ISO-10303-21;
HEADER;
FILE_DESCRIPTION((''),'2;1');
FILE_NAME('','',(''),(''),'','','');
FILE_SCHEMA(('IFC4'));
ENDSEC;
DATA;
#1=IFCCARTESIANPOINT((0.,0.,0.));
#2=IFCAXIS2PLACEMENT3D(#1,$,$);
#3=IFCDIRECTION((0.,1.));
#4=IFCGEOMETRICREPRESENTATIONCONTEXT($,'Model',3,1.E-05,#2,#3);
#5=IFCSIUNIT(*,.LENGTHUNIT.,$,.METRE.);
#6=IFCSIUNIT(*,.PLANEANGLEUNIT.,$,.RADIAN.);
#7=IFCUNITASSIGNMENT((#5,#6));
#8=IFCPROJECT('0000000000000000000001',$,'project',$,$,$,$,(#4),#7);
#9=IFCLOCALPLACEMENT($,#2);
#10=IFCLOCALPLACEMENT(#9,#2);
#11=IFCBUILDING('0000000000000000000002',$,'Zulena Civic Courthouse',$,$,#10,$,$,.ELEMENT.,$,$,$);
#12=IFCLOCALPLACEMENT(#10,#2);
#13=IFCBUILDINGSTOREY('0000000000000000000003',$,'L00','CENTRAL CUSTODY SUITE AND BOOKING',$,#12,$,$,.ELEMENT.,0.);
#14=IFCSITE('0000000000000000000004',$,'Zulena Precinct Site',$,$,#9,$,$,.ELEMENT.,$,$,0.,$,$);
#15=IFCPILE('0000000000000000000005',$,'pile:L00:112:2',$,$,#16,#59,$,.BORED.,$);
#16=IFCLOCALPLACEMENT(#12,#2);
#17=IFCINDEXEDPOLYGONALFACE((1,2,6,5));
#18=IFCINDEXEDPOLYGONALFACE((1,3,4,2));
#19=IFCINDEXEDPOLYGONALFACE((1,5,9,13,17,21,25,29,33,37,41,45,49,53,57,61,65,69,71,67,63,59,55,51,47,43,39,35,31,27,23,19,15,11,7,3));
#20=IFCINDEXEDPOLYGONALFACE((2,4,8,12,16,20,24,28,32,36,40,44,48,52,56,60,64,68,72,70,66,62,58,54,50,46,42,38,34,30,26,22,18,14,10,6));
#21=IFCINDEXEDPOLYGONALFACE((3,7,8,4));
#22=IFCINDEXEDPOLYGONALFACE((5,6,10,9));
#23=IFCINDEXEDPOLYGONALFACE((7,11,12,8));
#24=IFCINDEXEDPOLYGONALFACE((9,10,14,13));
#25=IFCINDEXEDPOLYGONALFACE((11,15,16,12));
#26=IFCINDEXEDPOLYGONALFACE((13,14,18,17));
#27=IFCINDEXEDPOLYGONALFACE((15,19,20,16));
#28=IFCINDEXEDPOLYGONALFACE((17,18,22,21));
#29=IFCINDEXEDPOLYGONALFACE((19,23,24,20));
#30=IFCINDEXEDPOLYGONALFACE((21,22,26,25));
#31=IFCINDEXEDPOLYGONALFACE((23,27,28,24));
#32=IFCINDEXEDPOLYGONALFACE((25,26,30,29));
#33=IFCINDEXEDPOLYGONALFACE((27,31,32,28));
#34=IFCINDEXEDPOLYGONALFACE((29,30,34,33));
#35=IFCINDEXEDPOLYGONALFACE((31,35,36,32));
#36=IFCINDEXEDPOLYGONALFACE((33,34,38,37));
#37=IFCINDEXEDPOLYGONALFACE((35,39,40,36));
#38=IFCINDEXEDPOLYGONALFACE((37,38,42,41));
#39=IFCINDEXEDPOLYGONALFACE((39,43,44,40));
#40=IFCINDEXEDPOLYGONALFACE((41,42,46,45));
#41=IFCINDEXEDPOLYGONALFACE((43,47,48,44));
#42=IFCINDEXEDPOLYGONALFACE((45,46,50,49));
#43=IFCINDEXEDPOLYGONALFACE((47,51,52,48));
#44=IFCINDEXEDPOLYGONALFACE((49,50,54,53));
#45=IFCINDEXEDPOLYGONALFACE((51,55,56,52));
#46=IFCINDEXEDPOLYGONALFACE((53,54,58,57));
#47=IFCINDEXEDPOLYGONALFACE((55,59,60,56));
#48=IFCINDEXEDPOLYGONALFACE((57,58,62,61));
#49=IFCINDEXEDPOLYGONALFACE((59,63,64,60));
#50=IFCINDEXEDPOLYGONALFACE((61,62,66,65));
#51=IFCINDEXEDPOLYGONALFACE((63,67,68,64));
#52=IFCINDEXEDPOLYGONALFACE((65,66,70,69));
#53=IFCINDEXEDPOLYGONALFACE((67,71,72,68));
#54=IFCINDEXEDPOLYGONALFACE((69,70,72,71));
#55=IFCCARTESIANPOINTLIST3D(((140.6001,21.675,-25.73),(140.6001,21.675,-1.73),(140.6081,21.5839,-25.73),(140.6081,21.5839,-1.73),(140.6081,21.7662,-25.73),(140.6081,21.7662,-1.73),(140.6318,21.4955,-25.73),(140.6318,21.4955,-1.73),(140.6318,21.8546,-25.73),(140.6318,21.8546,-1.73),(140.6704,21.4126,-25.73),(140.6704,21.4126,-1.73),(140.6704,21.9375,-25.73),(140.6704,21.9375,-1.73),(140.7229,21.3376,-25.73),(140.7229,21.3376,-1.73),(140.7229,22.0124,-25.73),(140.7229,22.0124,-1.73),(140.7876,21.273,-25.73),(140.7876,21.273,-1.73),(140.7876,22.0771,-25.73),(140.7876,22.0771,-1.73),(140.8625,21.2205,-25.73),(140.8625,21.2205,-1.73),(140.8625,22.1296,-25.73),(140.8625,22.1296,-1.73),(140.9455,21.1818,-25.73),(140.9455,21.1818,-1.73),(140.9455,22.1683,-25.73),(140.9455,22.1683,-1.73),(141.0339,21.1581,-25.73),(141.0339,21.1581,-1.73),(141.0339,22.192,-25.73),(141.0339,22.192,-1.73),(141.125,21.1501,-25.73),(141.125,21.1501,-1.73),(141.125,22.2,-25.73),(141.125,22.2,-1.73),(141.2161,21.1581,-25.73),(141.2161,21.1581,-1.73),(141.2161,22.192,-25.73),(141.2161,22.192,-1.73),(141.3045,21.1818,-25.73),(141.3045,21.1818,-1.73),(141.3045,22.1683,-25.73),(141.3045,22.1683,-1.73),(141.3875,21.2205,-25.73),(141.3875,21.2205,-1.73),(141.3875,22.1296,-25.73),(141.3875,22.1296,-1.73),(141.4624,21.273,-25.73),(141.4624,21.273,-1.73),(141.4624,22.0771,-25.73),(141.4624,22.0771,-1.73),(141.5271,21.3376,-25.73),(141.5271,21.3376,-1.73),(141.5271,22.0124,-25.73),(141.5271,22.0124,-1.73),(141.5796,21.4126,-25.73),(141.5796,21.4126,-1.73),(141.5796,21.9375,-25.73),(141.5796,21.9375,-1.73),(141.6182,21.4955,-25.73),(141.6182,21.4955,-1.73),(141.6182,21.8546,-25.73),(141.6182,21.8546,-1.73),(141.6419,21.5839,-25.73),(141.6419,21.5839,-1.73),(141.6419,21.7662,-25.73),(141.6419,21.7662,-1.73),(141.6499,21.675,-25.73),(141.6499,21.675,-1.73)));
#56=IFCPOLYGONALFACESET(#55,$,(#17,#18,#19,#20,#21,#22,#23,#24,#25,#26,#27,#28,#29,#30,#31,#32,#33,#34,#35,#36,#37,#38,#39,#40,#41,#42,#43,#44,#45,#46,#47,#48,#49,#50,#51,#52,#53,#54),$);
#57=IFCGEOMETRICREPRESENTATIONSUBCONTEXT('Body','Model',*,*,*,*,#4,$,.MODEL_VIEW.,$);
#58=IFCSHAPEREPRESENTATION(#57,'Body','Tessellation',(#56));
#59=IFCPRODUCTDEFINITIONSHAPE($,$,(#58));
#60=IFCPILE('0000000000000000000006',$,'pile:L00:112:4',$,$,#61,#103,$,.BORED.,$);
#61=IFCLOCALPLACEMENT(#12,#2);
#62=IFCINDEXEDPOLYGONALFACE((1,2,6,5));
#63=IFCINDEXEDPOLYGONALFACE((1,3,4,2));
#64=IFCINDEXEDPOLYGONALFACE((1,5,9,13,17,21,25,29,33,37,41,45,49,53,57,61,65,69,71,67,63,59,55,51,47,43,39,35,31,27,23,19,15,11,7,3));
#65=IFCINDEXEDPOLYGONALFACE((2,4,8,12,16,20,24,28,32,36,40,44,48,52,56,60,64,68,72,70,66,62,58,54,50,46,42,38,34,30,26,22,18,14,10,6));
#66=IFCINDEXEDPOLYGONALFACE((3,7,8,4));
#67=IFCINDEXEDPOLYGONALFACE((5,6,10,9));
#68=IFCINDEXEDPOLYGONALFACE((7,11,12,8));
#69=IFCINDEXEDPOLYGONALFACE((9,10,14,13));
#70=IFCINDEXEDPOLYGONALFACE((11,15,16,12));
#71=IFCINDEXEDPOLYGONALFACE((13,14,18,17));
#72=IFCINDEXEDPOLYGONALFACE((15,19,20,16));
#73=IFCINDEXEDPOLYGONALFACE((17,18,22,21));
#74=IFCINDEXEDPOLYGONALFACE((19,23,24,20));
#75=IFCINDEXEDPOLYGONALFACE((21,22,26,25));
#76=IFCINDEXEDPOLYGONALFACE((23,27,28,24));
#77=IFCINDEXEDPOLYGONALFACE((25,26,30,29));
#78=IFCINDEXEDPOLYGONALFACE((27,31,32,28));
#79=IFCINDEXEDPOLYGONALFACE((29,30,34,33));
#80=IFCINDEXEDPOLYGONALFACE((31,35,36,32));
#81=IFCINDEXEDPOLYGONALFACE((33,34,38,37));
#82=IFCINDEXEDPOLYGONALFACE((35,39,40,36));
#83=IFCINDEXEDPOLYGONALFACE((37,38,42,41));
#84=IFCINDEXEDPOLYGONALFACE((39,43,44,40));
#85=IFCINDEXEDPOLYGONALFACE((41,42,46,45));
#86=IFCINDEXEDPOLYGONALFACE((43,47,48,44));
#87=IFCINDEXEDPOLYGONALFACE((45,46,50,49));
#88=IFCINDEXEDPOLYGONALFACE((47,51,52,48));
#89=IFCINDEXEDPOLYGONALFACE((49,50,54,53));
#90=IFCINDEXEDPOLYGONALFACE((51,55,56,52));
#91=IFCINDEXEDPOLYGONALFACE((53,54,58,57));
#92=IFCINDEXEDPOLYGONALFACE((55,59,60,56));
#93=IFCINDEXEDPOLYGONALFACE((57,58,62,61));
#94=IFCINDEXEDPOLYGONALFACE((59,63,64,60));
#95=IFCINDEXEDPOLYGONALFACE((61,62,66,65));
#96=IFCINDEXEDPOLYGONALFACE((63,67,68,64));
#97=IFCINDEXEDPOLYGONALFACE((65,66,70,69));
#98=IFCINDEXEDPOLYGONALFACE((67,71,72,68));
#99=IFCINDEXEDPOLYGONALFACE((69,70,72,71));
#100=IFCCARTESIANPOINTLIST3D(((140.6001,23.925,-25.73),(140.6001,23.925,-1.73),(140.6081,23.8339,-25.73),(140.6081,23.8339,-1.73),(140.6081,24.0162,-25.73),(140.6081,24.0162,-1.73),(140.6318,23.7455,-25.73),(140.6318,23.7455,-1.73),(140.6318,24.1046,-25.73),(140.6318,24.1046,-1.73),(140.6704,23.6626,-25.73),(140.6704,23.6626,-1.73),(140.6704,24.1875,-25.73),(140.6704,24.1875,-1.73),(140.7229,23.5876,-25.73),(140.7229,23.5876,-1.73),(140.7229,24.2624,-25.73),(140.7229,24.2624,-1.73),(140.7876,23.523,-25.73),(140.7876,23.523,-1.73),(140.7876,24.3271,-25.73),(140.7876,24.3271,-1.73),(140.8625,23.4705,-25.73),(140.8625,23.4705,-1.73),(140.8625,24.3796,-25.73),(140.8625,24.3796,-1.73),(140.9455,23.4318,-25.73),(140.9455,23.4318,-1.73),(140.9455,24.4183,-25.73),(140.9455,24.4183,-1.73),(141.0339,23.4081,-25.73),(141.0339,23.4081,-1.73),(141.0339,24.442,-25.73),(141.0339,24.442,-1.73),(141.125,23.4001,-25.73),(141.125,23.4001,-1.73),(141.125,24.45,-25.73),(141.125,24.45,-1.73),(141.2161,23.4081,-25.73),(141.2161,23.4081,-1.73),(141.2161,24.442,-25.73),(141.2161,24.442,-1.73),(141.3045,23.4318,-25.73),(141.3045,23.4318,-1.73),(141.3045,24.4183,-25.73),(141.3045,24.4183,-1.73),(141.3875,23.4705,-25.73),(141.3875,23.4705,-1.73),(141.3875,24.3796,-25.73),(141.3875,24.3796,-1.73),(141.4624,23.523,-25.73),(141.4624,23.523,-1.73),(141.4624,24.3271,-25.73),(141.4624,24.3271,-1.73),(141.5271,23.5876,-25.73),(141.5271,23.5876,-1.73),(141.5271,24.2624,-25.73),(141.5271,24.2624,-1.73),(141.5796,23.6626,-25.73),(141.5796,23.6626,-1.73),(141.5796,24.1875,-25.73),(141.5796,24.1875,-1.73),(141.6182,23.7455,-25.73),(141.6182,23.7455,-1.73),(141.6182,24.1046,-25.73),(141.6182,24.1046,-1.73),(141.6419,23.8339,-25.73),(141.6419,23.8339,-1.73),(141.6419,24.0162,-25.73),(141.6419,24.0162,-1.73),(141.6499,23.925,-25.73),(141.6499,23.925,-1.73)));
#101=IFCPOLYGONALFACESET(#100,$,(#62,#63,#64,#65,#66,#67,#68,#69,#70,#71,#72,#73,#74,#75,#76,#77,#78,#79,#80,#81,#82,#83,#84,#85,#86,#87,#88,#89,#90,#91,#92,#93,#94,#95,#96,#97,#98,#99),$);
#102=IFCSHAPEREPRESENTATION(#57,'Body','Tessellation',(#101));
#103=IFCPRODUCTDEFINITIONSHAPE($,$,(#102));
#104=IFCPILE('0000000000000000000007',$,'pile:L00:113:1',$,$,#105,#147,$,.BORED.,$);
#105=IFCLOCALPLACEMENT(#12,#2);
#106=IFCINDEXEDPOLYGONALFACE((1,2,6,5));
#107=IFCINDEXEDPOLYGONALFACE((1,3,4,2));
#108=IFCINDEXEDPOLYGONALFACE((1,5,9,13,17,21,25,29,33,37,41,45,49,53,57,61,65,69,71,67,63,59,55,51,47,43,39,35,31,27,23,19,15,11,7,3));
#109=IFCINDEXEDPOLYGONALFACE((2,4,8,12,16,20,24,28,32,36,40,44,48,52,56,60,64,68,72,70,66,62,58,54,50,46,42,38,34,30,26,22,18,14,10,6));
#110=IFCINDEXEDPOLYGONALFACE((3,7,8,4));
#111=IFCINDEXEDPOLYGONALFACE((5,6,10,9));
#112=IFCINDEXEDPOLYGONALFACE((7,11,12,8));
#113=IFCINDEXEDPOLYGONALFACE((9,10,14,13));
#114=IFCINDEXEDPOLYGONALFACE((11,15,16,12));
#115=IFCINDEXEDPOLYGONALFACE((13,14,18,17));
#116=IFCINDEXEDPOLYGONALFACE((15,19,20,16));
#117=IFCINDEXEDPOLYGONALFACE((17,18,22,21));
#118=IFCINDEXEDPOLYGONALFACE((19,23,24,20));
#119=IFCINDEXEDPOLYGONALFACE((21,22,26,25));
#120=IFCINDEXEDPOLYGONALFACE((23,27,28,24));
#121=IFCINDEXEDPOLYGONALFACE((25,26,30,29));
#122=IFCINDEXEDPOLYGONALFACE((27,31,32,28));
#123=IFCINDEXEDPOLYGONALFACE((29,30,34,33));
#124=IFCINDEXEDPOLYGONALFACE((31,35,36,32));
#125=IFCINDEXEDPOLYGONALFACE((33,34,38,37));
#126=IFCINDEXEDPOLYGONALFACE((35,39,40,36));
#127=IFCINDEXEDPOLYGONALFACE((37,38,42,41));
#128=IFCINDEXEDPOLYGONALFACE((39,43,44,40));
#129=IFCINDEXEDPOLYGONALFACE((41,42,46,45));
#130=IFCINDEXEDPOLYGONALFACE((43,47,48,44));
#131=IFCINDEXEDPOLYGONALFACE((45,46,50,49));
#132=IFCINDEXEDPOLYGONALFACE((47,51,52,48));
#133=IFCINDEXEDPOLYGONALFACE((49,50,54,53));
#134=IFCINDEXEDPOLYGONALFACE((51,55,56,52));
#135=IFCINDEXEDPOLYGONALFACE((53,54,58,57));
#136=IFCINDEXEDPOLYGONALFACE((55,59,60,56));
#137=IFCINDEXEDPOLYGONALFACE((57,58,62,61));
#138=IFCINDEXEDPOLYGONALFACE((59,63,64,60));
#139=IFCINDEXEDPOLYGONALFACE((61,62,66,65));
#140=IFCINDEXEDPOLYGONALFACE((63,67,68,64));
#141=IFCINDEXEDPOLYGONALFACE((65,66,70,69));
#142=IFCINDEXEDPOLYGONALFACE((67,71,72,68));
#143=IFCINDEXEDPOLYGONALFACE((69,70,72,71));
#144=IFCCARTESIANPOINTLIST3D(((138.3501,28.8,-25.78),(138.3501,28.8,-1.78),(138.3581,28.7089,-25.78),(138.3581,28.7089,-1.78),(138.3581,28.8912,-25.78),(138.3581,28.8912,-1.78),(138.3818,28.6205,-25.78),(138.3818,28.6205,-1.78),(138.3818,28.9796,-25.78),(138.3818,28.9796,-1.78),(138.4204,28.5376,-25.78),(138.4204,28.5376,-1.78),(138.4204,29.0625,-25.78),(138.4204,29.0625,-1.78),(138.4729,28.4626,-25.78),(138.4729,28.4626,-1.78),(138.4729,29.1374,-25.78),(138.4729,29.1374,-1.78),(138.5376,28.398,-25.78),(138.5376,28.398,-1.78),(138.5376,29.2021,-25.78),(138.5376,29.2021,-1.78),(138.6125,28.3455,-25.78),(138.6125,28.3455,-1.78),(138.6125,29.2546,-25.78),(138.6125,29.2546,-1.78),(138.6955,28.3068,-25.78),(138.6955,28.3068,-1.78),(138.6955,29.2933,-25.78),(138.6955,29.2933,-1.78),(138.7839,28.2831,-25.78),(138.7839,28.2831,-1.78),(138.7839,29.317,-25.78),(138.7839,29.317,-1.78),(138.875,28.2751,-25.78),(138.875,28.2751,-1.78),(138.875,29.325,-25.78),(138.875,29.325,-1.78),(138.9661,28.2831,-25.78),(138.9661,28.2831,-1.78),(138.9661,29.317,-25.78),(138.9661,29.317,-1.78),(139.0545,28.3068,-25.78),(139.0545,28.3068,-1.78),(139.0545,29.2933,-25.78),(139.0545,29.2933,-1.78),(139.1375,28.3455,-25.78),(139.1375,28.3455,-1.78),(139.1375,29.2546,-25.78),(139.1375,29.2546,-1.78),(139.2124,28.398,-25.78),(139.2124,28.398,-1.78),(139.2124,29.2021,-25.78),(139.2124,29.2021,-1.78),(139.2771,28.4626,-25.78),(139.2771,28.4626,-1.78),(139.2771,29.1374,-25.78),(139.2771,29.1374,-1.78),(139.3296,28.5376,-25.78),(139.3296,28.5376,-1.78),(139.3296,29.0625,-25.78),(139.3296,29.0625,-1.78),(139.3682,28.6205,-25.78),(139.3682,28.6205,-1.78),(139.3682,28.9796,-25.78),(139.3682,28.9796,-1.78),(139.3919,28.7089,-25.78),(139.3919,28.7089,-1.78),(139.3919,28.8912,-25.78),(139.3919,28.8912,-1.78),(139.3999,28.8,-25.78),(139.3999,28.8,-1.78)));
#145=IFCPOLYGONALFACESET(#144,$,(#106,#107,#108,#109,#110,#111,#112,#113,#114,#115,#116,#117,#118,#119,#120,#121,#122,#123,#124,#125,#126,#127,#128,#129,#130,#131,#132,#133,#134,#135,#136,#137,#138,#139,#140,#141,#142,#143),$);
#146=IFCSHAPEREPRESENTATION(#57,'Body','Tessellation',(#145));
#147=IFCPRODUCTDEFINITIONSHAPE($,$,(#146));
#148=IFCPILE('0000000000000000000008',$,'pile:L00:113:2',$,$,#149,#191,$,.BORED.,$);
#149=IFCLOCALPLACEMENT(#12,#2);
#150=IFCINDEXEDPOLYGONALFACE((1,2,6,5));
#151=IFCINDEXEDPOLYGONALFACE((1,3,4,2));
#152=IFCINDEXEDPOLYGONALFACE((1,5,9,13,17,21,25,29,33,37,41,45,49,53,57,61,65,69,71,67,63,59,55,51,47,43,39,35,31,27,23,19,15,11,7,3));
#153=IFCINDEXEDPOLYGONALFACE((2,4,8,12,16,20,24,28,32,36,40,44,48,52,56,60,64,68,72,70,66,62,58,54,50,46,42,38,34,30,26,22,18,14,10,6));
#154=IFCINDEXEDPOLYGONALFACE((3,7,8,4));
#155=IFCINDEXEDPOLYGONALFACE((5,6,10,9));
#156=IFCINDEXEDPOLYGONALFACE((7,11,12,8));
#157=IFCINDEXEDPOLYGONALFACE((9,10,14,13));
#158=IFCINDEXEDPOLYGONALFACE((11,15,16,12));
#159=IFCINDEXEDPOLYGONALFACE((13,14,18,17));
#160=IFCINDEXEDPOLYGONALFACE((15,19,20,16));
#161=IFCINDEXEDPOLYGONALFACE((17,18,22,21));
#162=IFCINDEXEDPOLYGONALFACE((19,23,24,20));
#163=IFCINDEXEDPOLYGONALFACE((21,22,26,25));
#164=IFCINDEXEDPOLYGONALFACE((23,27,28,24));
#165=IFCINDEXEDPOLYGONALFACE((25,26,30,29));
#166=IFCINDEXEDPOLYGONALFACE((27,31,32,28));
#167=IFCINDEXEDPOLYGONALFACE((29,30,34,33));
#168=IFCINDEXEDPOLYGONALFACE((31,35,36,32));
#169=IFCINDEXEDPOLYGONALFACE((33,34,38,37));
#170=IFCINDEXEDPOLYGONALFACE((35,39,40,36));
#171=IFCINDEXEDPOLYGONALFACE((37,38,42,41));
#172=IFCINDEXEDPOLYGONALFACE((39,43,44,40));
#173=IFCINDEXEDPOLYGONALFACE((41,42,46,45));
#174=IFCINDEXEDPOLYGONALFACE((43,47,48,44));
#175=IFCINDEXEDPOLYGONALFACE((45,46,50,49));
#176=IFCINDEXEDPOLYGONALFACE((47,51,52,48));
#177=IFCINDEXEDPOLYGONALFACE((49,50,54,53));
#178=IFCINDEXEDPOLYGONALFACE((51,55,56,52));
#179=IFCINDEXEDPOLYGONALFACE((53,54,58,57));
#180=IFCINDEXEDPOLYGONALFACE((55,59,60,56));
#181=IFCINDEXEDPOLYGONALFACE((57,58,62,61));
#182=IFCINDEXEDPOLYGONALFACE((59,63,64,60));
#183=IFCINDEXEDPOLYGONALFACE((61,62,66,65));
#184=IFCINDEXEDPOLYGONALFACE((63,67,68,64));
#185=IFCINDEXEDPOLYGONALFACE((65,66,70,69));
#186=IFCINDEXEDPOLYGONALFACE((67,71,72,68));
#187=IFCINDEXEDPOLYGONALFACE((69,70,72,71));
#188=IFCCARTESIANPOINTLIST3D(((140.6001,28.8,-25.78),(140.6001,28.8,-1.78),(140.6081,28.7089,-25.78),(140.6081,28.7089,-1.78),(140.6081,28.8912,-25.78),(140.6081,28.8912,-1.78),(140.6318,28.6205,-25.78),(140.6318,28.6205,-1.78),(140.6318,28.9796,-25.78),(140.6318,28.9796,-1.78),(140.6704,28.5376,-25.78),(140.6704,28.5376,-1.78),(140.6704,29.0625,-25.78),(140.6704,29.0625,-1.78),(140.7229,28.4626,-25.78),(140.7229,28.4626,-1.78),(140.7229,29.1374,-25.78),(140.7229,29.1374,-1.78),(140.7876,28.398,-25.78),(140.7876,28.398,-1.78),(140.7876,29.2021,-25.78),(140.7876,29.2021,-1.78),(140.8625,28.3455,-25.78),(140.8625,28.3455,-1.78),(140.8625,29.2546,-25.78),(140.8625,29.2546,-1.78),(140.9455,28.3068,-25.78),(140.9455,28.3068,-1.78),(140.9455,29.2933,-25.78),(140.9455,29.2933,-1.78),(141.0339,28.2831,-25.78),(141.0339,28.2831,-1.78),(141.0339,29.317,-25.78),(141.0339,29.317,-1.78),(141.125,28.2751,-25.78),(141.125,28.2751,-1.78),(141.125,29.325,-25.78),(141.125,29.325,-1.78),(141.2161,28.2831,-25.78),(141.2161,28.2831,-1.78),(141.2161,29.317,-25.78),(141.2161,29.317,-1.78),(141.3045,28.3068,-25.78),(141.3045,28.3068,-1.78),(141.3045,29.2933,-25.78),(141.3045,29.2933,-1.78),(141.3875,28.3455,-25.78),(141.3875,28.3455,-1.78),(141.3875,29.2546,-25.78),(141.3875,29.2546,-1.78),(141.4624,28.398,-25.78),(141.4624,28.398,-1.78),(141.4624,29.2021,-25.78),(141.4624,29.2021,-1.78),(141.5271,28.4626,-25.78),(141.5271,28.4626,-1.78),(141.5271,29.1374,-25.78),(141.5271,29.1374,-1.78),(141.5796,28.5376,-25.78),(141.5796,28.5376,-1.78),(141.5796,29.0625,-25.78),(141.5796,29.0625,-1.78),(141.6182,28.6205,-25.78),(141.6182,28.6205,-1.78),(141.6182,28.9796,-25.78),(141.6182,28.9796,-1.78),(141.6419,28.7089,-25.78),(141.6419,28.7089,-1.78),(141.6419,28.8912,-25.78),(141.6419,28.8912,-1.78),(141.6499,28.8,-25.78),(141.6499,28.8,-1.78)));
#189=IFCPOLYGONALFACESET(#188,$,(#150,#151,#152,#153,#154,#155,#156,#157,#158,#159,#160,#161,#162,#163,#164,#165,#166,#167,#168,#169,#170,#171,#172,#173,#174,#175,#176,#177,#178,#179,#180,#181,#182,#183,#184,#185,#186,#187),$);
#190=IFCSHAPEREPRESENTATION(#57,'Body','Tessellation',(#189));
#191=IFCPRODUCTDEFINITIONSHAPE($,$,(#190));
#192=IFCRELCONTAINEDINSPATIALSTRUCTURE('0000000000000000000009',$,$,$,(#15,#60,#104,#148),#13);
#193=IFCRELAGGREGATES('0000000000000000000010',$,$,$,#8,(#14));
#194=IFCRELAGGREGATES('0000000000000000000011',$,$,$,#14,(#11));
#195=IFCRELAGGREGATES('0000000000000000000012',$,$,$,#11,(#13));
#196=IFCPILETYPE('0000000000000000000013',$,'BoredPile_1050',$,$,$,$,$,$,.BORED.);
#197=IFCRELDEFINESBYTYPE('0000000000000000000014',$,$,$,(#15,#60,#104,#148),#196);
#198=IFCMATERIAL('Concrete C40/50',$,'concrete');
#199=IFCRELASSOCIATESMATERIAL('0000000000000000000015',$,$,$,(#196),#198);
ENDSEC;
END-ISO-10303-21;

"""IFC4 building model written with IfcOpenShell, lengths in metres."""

from ifc_helpers import new_model, si_unit, direction, frame, origin, origin_2d, place, context, subcontext, project, spatial, circle, extrude, material, material_profile, profile_set, type_object, element, save


model = new_model("IFC4")

# Units and contexts
model_context = context("Model", 3, precision=1e-05, world=origin(), true_north=direction((0.0, 1.0)))
body_context = subcontext(model_context, "Body", "Model", "MODEL_VIEW")
ifc_project = project(units=[si_unit("LENGTHUNIT", "METRE"), si_unit("PLANEANGLEUNIT", "RADIAN")], contexts=[model_context])

# Site, building, storey
site_placement = place(None, origin())
site = spatial("IfcSite", under=ifc_project, at=site_placement, Name="Zulena Precinct Site", CompositionType="ELEMENT", RefElevation=0.0)
building_placement = place(site_placement, origin())
building = spatial("IfcBuilding", under=site, at=building_placement, Name="Zulena Civic Courthouse", CompositionType="ELEMENT")
storey_placement = place(building_placement, origin())
storey = spatial("IfcBuildingStorey", under=building, at=storey_placement, Name="L00", Description="CENTRAL CUSTODY SUITE AND BOOKING", CompositionType="ELEMENT", Elevation=0.0)

# Piles
ifc_material_1 = material(Name="Concrete C40/50", Category="concrete")
ifc_material_profile_1 = material_profile(ifc_material_1, circle(Radius=0.5249, at=origin_2d()), Name="PILE1050")
ifc_profile_set_1 = profile_set([ifc_material_profile_1], Name="Concrete C40/50")
pile_type_1 = type_object("IfcPileType", Name="BoredPile_1050", PredefinedType="BORED", material=ifc_profile_set_1)
for number, where, z_axis, x_axis, name in (
    (1, (141.125, 21.675, -1.73), (0.0, 0.0, -1.0), (1.0, 0.0, 0.0), "pile:L00:112:2"),
    (2, (141.125, 23.925, -1.73), (0.0, 0.0, -1.0), (1.0, 0.0, 0.0), "pile:L00:112:4"),
    (3, (138.875, 28.8, -1.78), (0.0, 0.0, -1.0), (1.0, 0.0, 0.0), "pile:L00:113:1"),
    (4, (141.125, 28.8, -1.78), (0.0, 0.0, -1.0), (1.0, 0.0, 0.0), "pile:L00:113:2"),
):
    element("IfcPile", number, at=place(storey_placement, frame(where, z_axis=z_axis, x_axis=x_axis)), inside=storey, type_object=pile_type_1, Name=name, PredefinedType="BORED", context=body_context, shape_type="SweptSolid", body=[
        extrude(circle(Radius=0.5249, at=origin_2d()), origin(), (0.0, 0.0, 1.0), 24.0),
    ])

save(model, "model.ifc")
